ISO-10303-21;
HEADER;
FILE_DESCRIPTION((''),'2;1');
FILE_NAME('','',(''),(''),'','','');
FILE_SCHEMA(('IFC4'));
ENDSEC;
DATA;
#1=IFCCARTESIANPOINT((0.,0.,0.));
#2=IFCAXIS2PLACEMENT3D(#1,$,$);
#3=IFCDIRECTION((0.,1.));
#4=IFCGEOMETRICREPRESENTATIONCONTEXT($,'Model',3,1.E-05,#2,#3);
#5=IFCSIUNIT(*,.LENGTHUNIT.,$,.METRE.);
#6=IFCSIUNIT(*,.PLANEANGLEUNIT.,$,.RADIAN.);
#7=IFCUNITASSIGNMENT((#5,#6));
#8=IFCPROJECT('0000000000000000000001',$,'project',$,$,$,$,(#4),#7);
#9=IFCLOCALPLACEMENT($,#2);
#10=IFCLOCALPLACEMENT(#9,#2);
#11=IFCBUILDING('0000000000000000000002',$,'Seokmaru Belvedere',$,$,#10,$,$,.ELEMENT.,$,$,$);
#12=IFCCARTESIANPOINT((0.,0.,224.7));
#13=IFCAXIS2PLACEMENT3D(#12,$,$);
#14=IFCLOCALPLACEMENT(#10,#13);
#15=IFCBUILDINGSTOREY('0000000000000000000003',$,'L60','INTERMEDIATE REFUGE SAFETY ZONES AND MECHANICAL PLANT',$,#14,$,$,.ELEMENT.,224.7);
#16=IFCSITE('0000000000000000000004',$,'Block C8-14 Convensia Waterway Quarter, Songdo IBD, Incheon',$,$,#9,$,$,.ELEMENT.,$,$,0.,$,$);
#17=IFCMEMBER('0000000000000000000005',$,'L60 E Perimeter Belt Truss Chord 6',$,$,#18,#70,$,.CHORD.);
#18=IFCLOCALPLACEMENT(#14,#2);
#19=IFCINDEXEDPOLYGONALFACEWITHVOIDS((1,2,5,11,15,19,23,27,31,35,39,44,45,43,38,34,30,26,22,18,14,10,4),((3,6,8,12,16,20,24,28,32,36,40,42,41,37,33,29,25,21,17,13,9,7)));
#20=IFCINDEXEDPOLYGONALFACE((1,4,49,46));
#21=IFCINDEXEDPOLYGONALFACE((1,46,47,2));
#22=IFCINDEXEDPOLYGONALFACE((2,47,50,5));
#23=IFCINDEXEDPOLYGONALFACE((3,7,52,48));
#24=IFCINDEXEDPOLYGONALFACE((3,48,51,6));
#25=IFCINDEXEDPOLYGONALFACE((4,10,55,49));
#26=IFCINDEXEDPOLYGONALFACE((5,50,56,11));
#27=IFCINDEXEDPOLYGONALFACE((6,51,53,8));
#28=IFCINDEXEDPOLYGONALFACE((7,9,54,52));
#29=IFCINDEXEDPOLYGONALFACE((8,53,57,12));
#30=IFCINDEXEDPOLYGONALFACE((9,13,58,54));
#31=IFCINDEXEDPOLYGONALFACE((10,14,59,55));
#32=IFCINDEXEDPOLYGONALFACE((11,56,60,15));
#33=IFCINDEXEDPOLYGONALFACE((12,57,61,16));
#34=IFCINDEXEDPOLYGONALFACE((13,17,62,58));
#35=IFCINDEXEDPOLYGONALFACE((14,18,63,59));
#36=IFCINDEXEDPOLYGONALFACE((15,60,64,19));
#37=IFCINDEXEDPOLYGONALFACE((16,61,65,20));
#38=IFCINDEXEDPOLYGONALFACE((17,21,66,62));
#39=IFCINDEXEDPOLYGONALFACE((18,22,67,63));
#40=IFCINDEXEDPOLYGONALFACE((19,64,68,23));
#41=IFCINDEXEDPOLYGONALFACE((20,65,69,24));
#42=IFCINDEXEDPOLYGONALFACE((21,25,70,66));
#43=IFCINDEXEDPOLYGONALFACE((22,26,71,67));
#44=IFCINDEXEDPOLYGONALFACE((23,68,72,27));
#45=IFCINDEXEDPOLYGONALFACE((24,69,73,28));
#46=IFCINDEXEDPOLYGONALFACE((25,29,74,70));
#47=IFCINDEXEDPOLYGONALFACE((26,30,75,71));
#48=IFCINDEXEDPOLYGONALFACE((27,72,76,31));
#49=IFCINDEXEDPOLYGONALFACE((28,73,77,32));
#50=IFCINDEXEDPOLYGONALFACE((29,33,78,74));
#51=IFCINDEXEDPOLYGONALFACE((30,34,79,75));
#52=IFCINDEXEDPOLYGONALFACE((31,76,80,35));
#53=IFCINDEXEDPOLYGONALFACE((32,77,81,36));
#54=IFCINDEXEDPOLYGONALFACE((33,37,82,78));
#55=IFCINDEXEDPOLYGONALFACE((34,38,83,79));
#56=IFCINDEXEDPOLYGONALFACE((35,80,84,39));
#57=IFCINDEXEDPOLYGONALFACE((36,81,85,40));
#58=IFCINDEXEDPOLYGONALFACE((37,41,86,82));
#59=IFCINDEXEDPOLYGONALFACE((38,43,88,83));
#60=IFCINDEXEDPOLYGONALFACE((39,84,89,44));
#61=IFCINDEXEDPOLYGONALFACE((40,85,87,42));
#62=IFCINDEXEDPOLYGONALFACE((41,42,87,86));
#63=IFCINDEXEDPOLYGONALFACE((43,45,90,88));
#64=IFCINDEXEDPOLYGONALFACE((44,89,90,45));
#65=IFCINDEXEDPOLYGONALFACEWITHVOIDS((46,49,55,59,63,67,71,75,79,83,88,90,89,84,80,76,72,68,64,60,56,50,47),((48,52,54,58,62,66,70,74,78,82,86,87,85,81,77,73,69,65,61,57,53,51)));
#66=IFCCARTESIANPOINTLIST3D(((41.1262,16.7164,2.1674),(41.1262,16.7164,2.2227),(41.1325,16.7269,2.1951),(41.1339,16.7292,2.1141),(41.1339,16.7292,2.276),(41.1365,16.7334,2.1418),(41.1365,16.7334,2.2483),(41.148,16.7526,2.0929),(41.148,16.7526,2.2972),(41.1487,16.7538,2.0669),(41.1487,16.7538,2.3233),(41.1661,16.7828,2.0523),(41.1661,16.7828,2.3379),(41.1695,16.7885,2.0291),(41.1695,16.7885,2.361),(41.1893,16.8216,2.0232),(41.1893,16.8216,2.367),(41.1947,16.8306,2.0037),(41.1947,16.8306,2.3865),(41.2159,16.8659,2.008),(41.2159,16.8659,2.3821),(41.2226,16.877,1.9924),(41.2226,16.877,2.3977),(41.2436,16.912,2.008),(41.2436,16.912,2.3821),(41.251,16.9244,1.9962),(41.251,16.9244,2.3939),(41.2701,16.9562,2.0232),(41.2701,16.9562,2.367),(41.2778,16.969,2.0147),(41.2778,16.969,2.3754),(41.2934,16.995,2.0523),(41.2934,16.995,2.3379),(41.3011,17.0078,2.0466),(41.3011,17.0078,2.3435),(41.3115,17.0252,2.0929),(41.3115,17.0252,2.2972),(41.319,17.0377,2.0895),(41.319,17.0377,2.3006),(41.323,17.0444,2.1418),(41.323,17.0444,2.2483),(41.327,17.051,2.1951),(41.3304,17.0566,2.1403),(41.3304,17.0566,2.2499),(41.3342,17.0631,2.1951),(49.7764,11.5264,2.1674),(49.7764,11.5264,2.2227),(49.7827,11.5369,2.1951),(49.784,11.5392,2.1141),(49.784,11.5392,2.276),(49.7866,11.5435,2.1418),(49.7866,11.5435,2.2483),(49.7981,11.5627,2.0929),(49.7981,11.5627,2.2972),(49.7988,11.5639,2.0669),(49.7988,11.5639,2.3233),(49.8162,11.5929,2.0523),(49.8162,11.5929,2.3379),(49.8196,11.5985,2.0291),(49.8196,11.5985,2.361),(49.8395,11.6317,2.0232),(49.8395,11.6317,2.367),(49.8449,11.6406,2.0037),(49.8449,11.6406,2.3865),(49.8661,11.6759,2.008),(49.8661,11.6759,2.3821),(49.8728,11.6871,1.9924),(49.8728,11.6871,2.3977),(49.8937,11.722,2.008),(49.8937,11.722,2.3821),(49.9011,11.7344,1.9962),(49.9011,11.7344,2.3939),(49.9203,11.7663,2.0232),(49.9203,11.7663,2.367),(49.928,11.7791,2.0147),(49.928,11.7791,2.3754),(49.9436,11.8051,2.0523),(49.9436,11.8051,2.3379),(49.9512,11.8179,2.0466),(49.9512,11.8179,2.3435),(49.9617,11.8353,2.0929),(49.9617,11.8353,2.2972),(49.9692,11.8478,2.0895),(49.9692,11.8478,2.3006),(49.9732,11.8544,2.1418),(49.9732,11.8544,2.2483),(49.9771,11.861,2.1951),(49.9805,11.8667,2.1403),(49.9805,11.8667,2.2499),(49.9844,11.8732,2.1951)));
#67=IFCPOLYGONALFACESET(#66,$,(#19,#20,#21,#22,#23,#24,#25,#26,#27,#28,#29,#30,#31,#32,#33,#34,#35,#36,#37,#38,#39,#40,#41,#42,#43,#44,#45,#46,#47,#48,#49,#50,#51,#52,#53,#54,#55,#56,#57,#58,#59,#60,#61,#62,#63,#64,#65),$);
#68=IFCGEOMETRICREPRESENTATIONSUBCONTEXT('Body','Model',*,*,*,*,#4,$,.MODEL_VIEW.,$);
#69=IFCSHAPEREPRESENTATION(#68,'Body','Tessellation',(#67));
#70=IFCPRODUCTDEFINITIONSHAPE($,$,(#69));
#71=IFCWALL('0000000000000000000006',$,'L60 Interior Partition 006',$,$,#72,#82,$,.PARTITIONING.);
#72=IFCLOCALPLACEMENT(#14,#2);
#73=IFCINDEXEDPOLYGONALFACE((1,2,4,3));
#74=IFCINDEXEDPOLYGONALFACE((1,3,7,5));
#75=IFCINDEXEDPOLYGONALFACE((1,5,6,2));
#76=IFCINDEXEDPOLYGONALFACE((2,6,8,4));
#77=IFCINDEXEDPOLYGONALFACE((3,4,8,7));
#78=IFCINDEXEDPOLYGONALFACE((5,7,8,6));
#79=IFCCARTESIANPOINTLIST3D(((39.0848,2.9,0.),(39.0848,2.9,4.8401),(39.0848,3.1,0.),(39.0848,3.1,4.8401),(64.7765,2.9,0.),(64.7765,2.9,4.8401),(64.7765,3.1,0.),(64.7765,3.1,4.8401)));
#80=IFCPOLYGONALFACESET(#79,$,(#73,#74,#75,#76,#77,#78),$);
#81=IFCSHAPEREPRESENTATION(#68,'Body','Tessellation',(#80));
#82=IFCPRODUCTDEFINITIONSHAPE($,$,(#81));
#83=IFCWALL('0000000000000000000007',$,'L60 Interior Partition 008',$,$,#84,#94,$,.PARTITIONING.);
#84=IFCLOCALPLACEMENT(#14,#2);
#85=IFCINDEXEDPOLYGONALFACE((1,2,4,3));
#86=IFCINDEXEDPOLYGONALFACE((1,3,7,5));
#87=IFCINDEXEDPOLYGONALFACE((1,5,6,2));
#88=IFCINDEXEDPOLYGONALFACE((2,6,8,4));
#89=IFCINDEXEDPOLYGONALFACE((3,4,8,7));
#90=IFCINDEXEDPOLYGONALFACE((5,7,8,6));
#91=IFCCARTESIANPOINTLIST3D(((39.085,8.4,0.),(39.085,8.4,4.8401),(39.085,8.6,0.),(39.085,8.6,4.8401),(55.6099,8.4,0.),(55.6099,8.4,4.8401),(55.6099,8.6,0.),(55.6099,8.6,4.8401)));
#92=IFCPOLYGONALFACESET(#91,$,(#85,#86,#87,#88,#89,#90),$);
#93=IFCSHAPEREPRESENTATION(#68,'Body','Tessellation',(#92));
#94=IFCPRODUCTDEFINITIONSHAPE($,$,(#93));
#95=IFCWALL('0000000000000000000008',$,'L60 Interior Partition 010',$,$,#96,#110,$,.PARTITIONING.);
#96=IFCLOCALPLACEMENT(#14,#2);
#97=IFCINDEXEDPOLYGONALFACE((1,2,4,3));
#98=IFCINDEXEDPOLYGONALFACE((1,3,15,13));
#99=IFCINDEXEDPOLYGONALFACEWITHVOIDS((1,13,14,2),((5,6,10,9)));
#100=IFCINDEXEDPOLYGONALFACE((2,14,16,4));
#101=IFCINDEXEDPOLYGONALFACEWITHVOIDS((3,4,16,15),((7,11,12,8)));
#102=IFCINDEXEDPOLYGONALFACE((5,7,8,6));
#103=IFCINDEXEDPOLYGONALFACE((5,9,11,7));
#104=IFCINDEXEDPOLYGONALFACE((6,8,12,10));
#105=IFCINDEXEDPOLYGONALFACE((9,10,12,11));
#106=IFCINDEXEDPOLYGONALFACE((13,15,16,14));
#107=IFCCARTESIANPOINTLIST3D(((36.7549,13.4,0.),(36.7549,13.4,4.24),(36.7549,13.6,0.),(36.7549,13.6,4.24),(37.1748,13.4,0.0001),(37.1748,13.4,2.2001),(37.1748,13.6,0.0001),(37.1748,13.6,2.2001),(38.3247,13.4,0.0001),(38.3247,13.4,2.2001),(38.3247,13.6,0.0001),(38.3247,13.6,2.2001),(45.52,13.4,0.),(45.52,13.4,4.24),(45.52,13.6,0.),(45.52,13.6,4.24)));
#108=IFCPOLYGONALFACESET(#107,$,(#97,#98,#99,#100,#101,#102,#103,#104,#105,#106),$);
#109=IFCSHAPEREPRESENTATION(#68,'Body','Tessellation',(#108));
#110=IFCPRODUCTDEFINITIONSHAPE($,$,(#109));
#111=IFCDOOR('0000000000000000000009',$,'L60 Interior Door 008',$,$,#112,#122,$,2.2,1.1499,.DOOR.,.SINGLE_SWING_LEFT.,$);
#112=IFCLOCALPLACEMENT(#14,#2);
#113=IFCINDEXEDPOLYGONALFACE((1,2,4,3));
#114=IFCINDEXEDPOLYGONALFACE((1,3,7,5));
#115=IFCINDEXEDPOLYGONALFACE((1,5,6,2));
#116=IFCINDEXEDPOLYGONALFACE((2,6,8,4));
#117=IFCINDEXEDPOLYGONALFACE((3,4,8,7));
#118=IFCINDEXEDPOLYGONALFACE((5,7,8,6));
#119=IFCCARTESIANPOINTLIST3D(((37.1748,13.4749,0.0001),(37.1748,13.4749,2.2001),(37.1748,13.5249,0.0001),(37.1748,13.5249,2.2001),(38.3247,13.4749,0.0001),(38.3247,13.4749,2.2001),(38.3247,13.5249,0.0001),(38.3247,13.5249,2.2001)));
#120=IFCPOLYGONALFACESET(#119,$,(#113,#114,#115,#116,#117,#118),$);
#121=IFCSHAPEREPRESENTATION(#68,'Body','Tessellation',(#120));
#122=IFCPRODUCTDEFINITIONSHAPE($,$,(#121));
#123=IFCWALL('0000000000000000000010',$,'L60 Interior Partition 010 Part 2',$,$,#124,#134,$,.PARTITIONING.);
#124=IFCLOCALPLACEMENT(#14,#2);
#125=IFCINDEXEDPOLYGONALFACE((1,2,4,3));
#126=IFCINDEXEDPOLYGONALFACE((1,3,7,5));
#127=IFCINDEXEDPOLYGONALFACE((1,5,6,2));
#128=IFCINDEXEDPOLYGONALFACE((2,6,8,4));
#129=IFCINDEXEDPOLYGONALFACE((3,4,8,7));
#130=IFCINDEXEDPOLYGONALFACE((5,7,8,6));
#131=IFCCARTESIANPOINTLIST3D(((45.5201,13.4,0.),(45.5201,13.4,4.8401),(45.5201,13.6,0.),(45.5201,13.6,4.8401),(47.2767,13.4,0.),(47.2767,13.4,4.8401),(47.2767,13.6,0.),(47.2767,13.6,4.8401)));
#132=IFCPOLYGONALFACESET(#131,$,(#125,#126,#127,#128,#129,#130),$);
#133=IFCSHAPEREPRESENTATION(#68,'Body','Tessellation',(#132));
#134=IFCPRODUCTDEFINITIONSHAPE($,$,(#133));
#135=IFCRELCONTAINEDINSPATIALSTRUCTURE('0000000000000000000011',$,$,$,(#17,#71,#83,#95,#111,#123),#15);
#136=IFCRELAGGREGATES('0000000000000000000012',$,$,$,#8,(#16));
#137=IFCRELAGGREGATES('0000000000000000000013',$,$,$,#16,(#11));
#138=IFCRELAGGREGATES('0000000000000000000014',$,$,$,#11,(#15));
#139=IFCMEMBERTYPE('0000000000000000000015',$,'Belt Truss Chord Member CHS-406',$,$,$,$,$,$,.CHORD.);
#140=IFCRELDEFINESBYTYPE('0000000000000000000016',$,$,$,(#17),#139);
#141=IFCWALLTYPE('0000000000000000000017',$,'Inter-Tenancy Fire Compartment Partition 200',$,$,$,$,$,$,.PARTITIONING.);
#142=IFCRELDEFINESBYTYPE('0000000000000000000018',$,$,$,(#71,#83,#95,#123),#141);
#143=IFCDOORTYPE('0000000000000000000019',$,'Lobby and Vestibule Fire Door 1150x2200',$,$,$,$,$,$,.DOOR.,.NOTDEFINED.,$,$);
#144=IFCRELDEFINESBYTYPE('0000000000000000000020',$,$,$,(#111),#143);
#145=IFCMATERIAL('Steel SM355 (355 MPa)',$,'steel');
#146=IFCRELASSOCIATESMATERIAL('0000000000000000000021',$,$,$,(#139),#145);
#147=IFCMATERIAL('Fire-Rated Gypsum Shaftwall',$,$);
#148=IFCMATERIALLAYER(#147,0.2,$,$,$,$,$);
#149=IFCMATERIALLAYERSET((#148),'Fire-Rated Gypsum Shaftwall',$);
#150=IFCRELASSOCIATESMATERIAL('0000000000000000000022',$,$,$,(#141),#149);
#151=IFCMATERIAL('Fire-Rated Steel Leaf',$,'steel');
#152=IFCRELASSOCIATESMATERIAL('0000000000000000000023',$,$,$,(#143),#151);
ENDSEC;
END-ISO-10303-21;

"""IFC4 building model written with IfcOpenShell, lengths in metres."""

from ifc_helpers import new_model, si_unit, direction, frame, frame_2d, origin, origin_2d, place, context, subcontext, project, spatial, rectangle, hollow_circle, extrude, source, transform, mapped, material, layer, layer_set, material_profile, profile_set, type_object, type_shapes, element, fill, save


model = new_model("IFC4")

# Units and contexts
model_context = context("Model", 3, precision=1e-05, world=origin(), true_north=direction((0.0, 1.0)))
body_context = subcontext(model_context, "Body", "Model", "MODEL_VIEW")
ifc_project = project(units=[si_unit("LENGTHUNIT", "METRE"), si_unit("PLANEANGLEUNIT", "RADIAN")], contexts=[model_context])

# Site, building, storey
site_placement = place(None, origin())
site = spatial("IfcSite", under=ifc_project, at=site_placement, Name="Block C8-14 Convensia Waterway Quarter, Songdo IBD, Incheon", CompositionType="ELEMENT", RefElevation=0.0)
building_placement = place(site_placement, origin())
building = spatial("IfcBuilding", under=site, at=building_placement, Name="Seokmaru Belvedere", CompositionType="ELEMENT")
storey_placement = place(building_placement, frame((0.0, 0.0, 224.7)))
storey = spatial("IfcBuildingStorey", under=building, at=storey_placement, Name="L60", Description="INTERMEDIATE REFUGE SAFETY ZONES AND MECHANICAL PLANT", CompositionType="ELEMENT", Elevation=224.7)

# Shared definitions
ifc_material_1 = material(Name="Steel SM355 (355 MPa)", Category="steel")

# Member
ifc_material_profile_1 = material_profile(ifc_material_1, hollow_circle(Radius=0.2031, WallThickness=0.0142, at=origin_2d()), Name="CHS-406.4x14.2")
ifc_profile_set_1 = profile_set([ifc_material_profile_1], Name="Steel SM355 (355 MPa)")
member_type_1 = type_object("IfcMemberType", Name="Belt Truss Chord Member CHS-406", PredefinedType="CHORD", material=ifc_profile_set_1)
shared_shape_1 = source(origin(), body_context, "Body", "SweptSolid", [
    extrude(hollow_circle(Radius=0.2031, WallThickness=0.0142, at=origin_2d()), origin(), (0.0, 0.0, 1.0), 10.0876),
])
type_shapes(member_type_1, [shared_shape_1])
member_1_placement = place(storey_placement, frame((41.2297, 16.8889, 2.1951), z_axis=(0.857499, -0.514485, 0.0), x_axis=(0.514485, 0.857499, 0.0)))
element("IfcMember", 1, at=member_1_placement, inside=storey, type_object=member_type_1, Name="L60 E Perimeter Belt Truss Chord 6", PredefinedType="CHORD", context=body_context, shape_type="MappedRepresentation", body=[
    mapped(shared_shape_1, transform((0.0, 0.0, 0.0), scale=1.0)),
])

# Walls
ifc_material_2 = material(Name="Fire-Rated Gypsum Shaftwall")
ifc_layer_1 = layer(ifc_material_2, 0.2)
ifc_layer_set_1 = layer_set([ifc_layer_1], Name="Fire-Rated Gypsum Shaftwall")
wall_type_1 = type_object("IfcWallType", Name="Inter-Tenancy Fire Compartment Partition 200", PredefinedType="PARTITIONING", material=ifc_layer_set_1)
wall_1_placement = place(storey_placement, frame((39.085, 3.0, 0.0), z_axis=(0.0, 0.0, 1.0), x_axis=(1.0, 0.0, 0.0)))
element("IfcWall", 2, at=wall_1_placement, inside=storey, type_object=wall_type_1, Name="L60 Interior Partition 006", PredefinedType="PARTITIONING", context=body_context, shape_type="SweptSolid", body=[
    extrude(rectangle(XDim=25.6917, YDim=0.2, at=frame_2d((12.8457, 0.0))), origin(), (0.0, 0.0, 1.0), 4.8401),
])
wall_2_placement = place(storey_placement, frame((39.085, 8.5, 0.0), z_axis=(0.0, 0.0, 1.0), x_axis=(1.0, 0.0, 0.0)))
element("IfcWall", 3, at=wall_2_placement, inside=storey, type_object=wall_type_1, Name="L60 Interior Partition 008", PredefinedType="PARTITIONING", context=body_context, shape_type="SweptSolid", body=[
    extrude(rectangle(XDim=16.5249, YDim=0.2, at=frame_2d((8.2625, 0.0))), origin(), (0.0, 0.0, 1.0), 4.8401),
])

# Wall, opening, door
wall_3_placement = place(storey_placement, frame((36.7549, 13.5, 0.0), z_axis=(0.0, 0.0, 1.0), x_axis=(1.0, 0.0, 0.0)))
wall_3 = element("IfcWall", 4, at=wall_3_placement, inside=storey, type_object=wall_type_1, Name="L60 Interior Partition 010", PredefinedType="PARTITIONING", context=body_context, shape_type="SweptSolid", body=[
    extrude(rectangle(XDim=8.7651, YDim=0.2, at=frame_2d((4.3826, 0.0))), origin(), (0.0, 0.0, 1.0), 4.24),
])
opening_1_placement = place(wall_3_placement, frame((0.4199, 0.0, 0.0)))
opening_1 = element("IfcOpeningElement", 5, at=opening_1_placement, cuts=wall_3, PredefinedType="OPENING", context=body_context, shape_type="SweptSolid", body=[
    extrude(rectangle(XDim=1.1499, YDim=2.2, at=frame_2d((0.575, 1.1001))), frame((0.0, 0.1099, 0.0), z_axis=(0.0, -1.0, 0.0), x_axis=(1.0, 0.0, 0.0)), (0.0, 0.0, 1.0), 0.22),
])
ifc_material_3 = material(Name="Fire-Rated Steel Leaf", Category="steel")
door_type_1 = type_object("IfcDoorType", Name="Lobby and Vestibule Fire Door 1150x2200", OperationType="NOTDEFINED", PredefinedType="DOOR", material=ifc_material_3)
shared_shape_2 = source(origin(), body_context, "Body", "SweptSolid", [
    extrude(rectangle(XDim=1.1499, YDim=2.2, at=frame_2d((0.575, 1.1001))), frame((0.0, 0.0249, 0.0), z_axis=(0.0, -1.0, 0.0), x_axis=(1.0, 0.0, 0.0)), (0.0, 0.0, 1.0), 0.05),
])
type_shapes(door_type_1, [shared_shape_2])
door_1_placement = place(opening_1_placement, origin())
door_1 = element("IfcDoor", 6, at=door_1_placement, inside=storey, type_object=door_type_1, Name="L60 Interior Door 008", OperationType="SINGLE_SWING_LEFT", OverallHeight=2.2, OverallWidth=1.1499, PredefinedType="DOOR", context=body_context, shape_type="MappedRepresentation", body=[
    mapped(shared_shape_2, transform((0.0, 0.0, 0.0), scale=1.0)),
])
fill(opening_1, door_1)

# Wall
wall_4_placement = place(storey_placement, frame((45.52, 13.5, 0.0), z_axis=(0.0, 0.0, 1.0), x_axis=(1.0, 0.0, 0.0)))
element("IfcWall", 7, at=wall_4_placement, inside=storey, type_object=wall_type_1, Name="L60 Interior Partition 010 Part 2", PredefinedType="PARTITIONING", context=body_context, shape_type="SweptSolid", body=[
    extrude(rectangle(XDim=1.7566, YDim=0.2, at=frame_2d((0.8784, 0.0))), origin(), (0.0, 0.0, 1.0), 4.8401),
])

save(model, "model.ifc")
